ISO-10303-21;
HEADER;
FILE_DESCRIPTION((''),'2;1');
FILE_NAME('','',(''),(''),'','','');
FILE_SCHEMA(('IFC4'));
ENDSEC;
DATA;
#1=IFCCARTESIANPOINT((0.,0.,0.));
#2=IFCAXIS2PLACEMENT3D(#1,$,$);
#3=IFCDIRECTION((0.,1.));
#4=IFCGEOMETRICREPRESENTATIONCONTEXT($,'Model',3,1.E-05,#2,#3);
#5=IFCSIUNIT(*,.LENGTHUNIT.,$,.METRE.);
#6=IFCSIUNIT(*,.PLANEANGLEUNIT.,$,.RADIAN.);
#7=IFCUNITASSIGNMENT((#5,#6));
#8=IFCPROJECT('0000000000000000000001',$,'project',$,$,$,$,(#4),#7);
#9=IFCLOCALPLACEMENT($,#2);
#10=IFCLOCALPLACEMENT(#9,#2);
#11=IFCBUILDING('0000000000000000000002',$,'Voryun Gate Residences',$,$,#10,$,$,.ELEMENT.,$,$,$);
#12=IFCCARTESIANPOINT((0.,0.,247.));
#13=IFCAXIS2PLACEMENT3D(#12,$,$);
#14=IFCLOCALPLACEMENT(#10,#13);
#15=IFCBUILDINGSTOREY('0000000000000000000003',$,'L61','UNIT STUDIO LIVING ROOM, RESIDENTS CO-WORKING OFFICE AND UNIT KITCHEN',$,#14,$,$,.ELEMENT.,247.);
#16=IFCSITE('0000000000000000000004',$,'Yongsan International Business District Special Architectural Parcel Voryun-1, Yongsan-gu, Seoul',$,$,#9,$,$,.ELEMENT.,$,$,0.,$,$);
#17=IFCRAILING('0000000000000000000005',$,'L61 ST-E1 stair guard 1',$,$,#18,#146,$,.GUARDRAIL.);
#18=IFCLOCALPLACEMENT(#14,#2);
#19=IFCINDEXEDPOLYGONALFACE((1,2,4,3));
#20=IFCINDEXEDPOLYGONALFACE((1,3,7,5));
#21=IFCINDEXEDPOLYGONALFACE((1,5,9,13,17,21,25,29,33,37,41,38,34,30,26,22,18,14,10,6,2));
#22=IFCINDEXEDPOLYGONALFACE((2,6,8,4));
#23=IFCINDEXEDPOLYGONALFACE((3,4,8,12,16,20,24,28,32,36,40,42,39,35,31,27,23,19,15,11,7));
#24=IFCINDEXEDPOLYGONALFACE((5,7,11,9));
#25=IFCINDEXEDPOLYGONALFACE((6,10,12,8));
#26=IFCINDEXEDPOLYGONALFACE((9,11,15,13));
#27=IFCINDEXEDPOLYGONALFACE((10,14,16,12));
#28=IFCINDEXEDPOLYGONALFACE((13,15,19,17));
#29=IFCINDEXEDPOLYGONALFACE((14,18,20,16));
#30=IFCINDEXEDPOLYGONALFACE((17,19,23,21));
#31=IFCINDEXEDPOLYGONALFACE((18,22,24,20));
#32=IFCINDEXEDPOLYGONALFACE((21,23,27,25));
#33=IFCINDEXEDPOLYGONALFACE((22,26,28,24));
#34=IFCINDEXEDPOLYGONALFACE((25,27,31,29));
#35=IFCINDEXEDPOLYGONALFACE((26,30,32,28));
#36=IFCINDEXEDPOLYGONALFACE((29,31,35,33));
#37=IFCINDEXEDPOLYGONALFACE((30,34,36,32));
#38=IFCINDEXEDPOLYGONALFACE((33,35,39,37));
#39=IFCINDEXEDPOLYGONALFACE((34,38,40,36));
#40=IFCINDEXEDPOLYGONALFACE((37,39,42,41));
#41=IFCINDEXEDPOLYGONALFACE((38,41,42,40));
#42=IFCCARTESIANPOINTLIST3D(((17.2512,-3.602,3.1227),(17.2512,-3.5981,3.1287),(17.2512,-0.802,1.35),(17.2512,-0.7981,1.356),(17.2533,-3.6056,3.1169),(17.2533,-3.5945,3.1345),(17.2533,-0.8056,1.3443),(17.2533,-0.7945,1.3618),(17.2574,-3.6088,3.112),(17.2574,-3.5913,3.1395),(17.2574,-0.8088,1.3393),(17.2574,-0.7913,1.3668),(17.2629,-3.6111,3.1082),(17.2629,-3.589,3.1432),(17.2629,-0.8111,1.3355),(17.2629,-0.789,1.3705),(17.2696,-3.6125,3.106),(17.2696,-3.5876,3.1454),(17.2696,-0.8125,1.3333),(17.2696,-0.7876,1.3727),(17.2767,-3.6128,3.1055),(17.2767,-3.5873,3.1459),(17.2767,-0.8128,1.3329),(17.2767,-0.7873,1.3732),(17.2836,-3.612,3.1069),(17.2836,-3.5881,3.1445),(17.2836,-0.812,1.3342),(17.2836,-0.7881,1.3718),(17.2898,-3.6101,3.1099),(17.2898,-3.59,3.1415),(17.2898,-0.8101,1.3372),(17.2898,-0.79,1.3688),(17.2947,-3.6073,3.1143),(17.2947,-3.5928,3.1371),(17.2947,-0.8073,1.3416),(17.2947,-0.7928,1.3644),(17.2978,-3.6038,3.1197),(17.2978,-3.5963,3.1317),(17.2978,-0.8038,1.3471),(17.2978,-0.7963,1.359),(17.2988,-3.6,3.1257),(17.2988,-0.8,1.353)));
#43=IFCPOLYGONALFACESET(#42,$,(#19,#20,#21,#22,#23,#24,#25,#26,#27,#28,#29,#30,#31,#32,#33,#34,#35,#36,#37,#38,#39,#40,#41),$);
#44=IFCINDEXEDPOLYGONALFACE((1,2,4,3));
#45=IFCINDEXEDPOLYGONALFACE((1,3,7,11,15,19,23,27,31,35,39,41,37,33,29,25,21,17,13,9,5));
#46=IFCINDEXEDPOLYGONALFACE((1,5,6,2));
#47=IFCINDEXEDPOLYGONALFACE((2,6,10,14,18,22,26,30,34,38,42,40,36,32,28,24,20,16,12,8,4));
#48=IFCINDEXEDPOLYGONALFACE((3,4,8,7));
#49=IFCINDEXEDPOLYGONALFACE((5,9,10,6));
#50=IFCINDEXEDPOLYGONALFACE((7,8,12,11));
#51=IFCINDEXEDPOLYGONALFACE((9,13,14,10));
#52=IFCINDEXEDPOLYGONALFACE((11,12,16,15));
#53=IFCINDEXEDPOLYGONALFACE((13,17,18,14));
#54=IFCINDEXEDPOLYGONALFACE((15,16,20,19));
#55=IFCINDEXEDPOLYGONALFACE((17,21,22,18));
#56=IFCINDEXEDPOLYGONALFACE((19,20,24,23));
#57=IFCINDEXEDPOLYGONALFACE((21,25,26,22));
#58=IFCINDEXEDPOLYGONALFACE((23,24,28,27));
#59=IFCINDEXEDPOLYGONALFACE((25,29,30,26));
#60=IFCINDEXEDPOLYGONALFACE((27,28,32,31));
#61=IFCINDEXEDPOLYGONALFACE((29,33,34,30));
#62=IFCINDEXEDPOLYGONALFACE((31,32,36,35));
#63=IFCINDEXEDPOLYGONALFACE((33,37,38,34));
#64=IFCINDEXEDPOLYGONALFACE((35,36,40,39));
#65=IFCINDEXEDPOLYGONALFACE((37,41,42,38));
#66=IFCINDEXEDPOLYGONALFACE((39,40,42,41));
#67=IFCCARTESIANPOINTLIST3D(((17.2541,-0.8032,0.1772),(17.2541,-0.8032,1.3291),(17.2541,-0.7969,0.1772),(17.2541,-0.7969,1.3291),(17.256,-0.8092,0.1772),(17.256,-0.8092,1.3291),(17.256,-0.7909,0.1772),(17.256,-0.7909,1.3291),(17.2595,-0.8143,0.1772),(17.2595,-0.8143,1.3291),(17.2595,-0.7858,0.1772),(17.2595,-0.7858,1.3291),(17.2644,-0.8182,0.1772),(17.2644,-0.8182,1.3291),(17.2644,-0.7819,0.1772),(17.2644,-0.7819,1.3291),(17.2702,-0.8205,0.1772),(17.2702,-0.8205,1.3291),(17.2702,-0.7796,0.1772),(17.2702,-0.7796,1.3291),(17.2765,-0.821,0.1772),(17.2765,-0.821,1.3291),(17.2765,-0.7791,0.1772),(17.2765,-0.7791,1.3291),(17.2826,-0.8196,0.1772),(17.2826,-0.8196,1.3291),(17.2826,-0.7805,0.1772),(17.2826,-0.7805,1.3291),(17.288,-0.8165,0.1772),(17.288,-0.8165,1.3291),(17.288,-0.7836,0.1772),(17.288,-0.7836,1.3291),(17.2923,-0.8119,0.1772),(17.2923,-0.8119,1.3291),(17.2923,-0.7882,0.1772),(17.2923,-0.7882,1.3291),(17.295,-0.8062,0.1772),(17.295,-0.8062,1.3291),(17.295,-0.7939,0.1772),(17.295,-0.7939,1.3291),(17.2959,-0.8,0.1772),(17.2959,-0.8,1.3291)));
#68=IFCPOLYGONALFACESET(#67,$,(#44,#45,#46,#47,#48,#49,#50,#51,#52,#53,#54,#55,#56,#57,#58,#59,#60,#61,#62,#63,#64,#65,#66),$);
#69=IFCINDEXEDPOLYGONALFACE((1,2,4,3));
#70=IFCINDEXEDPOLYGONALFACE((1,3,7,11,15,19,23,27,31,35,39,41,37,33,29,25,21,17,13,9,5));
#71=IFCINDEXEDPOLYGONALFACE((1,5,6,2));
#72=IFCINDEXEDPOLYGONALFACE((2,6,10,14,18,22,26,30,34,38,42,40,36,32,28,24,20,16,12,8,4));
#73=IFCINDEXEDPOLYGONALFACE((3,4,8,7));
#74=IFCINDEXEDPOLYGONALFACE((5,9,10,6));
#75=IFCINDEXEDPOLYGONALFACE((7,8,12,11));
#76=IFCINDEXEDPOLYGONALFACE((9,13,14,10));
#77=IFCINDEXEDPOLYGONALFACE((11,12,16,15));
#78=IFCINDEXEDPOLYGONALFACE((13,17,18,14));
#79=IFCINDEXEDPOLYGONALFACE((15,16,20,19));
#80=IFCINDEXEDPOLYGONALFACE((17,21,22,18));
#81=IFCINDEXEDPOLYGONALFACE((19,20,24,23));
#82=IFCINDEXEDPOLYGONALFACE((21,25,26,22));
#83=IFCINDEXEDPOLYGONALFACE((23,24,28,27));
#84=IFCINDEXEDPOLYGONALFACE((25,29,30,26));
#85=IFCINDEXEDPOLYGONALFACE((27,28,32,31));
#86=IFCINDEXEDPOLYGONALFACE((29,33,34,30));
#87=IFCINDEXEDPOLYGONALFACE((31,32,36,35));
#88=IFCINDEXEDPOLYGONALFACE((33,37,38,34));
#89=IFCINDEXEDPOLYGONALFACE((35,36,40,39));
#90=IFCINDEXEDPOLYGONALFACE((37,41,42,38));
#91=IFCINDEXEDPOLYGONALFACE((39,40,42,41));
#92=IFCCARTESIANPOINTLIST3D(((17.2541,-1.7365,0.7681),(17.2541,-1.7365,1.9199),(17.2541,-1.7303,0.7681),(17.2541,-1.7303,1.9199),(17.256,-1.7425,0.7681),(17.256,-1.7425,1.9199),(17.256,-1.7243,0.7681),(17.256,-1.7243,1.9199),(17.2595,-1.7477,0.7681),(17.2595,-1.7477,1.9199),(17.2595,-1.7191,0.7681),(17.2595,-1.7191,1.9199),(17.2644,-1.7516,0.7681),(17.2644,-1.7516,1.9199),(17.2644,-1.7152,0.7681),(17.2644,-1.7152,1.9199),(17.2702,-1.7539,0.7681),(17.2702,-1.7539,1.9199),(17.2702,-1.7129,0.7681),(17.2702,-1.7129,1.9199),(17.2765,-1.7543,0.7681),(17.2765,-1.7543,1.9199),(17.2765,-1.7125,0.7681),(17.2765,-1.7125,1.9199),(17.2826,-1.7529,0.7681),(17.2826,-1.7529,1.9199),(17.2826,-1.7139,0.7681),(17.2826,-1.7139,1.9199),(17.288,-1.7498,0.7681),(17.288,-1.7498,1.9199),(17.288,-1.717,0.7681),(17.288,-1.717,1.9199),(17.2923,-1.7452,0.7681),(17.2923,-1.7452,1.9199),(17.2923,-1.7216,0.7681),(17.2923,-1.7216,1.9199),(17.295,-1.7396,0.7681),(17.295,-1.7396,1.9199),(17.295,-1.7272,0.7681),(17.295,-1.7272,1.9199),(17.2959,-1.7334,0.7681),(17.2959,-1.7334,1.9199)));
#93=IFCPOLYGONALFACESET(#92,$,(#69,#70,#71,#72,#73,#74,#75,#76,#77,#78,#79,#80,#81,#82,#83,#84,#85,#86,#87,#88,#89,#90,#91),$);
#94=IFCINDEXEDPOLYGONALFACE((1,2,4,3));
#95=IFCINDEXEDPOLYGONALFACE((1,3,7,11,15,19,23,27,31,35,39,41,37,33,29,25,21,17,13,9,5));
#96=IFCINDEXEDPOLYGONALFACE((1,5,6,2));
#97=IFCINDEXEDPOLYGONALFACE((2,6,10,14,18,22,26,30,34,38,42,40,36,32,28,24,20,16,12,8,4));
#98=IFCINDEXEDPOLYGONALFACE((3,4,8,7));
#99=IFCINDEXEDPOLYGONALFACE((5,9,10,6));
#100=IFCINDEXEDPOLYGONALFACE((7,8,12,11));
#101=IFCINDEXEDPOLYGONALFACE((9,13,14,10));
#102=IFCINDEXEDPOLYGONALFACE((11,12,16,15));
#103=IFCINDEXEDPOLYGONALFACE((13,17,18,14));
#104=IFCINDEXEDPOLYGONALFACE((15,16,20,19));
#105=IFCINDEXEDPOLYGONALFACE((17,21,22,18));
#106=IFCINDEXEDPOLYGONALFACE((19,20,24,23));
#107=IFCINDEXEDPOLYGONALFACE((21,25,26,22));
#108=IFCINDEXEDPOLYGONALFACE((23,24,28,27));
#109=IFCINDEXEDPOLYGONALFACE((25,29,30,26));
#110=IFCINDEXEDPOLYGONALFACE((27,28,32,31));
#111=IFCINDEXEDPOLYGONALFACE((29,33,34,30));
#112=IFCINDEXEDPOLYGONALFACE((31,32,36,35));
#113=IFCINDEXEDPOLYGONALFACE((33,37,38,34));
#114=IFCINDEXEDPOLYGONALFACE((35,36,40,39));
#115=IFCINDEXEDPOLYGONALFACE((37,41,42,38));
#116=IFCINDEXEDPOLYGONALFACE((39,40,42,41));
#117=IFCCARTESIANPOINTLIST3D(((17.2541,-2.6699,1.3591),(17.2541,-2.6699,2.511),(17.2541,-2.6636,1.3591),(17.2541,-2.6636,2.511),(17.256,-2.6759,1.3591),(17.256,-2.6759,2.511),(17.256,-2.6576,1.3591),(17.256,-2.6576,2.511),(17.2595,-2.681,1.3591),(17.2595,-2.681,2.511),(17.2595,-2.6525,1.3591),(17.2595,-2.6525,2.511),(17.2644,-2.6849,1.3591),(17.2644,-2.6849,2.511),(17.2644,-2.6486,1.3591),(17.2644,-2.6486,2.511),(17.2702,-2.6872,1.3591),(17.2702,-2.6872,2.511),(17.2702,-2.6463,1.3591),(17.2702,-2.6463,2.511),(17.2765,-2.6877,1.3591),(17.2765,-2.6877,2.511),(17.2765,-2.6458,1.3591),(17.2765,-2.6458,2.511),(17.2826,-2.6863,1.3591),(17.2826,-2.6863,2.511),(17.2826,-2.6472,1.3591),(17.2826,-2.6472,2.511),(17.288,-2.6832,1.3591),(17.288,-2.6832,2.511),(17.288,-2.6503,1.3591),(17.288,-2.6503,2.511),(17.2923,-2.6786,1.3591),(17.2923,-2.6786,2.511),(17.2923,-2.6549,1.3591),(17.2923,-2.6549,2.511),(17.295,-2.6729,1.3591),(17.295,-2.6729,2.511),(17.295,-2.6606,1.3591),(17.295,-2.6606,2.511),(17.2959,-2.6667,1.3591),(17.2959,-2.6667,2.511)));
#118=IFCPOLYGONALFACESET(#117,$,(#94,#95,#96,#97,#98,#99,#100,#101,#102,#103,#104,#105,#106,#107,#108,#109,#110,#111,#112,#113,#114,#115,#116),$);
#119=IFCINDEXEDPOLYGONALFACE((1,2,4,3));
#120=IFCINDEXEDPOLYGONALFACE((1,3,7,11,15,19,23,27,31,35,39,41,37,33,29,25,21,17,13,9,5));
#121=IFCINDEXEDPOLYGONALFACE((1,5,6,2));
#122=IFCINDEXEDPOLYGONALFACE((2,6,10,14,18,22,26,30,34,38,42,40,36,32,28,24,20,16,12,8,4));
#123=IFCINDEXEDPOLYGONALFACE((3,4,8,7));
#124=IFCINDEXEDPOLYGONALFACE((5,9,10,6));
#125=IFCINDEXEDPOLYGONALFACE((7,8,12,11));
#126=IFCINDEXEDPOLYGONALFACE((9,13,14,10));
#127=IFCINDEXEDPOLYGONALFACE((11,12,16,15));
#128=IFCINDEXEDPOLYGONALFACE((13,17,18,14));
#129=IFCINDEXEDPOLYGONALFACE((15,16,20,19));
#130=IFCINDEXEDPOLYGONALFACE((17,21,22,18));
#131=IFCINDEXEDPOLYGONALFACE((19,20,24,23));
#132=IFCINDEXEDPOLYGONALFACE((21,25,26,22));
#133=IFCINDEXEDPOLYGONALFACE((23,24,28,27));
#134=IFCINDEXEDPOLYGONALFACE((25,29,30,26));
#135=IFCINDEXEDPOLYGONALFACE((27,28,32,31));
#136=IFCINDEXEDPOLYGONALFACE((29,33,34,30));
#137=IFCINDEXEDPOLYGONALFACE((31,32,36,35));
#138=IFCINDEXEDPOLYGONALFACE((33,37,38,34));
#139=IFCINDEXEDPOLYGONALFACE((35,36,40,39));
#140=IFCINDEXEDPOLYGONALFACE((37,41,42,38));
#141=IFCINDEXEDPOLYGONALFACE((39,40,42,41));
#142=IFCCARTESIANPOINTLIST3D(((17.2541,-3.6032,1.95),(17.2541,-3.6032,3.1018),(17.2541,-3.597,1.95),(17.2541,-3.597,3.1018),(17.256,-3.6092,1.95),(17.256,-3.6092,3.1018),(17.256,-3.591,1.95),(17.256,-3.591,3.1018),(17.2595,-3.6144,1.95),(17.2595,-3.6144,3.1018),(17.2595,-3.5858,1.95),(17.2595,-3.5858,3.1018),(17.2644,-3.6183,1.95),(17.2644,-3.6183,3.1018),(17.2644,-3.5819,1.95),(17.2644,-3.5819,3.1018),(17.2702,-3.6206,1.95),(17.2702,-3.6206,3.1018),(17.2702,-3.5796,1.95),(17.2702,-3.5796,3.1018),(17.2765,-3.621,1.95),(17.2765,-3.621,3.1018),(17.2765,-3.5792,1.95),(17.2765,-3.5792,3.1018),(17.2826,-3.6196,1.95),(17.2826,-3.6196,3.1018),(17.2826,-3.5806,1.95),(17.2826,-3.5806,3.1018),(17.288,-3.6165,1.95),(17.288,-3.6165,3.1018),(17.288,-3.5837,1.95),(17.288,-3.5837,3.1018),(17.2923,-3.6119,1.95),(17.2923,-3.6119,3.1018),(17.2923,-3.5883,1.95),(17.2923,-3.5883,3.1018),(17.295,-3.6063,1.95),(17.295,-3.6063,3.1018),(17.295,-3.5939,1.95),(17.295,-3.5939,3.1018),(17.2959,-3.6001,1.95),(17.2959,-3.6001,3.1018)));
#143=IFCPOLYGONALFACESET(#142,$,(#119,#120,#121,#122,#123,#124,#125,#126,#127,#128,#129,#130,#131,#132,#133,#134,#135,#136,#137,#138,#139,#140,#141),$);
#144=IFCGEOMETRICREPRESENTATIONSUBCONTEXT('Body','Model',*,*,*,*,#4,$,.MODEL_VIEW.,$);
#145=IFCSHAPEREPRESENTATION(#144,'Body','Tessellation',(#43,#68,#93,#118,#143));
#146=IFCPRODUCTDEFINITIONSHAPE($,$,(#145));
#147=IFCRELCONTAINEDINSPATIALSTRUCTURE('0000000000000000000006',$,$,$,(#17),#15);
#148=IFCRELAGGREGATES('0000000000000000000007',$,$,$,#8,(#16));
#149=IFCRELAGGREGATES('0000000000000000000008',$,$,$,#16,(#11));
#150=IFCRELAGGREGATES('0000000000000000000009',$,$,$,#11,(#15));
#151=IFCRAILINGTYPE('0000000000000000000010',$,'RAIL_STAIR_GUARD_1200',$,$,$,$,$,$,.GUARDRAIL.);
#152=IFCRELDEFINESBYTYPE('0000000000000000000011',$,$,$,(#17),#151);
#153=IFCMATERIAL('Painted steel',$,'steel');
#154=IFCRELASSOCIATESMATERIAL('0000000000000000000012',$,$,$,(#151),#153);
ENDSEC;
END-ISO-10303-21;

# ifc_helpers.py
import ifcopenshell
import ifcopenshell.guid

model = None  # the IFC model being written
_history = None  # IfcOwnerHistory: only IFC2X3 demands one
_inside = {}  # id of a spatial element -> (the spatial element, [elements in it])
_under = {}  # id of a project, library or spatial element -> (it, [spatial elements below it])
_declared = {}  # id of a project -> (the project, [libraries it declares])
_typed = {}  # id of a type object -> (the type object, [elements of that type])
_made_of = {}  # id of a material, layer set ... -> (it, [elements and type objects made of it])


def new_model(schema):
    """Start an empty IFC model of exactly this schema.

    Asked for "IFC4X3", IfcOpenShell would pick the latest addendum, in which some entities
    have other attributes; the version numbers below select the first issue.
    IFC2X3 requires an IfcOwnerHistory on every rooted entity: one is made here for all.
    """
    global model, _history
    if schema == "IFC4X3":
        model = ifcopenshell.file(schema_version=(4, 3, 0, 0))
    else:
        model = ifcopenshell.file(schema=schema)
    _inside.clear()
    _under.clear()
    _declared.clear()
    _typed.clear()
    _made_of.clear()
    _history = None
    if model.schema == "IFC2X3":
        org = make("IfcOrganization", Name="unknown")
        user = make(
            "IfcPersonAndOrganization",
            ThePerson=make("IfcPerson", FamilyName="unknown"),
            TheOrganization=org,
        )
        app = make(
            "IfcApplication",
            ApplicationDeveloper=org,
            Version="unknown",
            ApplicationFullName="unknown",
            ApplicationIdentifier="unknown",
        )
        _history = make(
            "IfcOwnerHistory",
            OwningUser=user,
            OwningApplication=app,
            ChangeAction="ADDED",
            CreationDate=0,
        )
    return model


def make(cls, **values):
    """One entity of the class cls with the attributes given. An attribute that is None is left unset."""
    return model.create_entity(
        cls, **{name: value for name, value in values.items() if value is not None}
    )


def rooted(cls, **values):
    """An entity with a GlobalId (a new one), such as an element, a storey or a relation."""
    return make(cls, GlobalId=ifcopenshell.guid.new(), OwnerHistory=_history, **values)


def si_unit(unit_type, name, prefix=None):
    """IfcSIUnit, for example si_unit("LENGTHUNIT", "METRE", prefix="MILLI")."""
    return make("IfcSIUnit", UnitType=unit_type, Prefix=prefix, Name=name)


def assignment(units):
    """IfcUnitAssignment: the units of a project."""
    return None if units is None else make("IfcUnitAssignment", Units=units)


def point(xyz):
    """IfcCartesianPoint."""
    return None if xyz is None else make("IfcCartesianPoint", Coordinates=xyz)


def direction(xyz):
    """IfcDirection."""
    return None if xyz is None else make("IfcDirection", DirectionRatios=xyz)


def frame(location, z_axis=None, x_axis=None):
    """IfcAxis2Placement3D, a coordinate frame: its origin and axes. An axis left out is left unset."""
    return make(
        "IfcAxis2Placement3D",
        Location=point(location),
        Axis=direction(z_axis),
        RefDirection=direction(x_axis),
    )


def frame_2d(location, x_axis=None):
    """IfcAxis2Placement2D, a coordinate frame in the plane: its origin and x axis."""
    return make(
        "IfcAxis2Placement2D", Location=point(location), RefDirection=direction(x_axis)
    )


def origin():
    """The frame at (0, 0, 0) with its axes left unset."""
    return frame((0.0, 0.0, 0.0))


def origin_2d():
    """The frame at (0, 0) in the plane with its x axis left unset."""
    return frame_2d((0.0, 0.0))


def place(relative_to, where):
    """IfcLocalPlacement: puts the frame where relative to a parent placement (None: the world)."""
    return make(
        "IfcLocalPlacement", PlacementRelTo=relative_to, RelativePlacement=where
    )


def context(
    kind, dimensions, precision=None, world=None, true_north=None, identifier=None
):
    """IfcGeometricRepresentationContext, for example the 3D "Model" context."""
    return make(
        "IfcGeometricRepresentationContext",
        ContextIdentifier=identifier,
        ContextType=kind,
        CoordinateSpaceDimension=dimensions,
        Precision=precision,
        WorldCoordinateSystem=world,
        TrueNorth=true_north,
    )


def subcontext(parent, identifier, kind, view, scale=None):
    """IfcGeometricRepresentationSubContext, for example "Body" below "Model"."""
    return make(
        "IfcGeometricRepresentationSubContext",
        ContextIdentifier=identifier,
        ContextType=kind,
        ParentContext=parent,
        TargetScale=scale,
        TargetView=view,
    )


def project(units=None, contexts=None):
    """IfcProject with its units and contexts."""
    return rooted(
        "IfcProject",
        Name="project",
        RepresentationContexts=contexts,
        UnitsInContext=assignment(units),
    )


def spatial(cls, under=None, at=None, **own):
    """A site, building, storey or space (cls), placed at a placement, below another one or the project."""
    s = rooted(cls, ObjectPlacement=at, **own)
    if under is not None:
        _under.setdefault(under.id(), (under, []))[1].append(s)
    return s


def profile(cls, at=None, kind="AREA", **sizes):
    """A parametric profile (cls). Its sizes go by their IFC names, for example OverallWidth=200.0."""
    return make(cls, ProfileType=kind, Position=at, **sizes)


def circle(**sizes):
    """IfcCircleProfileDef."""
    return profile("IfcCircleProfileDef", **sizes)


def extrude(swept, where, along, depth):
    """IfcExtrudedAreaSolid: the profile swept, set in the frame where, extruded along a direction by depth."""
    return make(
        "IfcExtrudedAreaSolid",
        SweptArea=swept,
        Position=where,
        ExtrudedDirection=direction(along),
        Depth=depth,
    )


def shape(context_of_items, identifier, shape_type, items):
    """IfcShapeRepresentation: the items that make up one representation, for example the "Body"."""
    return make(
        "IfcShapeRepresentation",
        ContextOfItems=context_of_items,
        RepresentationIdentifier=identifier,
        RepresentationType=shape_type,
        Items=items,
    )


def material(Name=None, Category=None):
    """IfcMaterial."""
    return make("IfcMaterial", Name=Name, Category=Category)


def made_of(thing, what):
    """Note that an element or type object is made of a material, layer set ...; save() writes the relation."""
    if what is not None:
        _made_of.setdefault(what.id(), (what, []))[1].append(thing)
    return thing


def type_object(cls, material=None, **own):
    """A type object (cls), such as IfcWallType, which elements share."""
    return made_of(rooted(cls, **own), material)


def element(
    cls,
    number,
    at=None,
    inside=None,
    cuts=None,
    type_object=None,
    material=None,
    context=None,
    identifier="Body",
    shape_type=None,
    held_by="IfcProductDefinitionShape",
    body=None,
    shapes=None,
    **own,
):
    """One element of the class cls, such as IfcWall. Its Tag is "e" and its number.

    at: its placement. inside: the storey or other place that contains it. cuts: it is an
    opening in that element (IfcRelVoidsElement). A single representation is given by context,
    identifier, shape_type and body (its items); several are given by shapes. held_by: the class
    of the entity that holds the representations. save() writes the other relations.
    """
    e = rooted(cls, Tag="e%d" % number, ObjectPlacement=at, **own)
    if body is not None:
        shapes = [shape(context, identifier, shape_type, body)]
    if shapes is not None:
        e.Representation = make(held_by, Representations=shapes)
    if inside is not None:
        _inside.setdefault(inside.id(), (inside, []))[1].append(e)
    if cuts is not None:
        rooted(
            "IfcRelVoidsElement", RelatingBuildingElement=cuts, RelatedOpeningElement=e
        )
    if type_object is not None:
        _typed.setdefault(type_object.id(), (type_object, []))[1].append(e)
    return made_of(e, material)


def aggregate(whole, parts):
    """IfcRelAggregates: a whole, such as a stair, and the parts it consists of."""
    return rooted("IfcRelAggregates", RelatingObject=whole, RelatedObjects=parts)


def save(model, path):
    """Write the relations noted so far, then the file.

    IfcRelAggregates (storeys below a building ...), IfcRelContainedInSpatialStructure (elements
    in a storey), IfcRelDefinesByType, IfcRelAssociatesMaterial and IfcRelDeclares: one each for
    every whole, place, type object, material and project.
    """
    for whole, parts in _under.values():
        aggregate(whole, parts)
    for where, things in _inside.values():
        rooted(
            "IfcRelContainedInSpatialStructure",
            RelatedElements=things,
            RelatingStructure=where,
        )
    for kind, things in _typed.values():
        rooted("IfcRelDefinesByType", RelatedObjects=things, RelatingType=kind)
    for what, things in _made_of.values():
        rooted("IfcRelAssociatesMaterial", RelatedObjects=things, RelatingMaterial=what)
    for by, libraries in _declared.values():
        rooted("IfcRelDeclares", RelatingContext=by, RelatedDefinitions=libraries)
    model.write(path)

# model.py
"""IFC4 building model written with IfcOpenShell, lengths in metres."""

from ifc_helpers import new_model, si_unit, direction, frame, origin, origin_2d, place, context, subcontext, project, spatial, circle, extrude, material, type_object, element, save


model = new_model("IFC4")

# Units and contexts
model_context = context("Model", 3, precision=1e-05, world=origin(), true_north=direction((0.0, 1.0)))
body_context = subcontext(model_context, "Body", "Model", "MODEL_VIEW")
ifc_project = project(units=[si_unit("LENGTHUNIT", "METRE"), si_unit("PLANEANGLEUNIT", "RADIAN")], contexts=[model_context])

# Site, building, storey
site_placement = place(None, origin())
site = spatial("IfcSite", under=ifc_project, at=site_placement, Name="Yongsan International Business District Special Architectural Parcel Voryun-1, Yongsan-gu, Seoul", CompositionType="ELEMENT", RefElevation=0.0)
building_placement = place(site_placement, origin())
building = spatial("IfcBuilding", under=site, at=building_placement, Name="Voryun Gate Residences", CompositionType="ELEMENT")
storey_placement = place(building_placement, frame((0.0, 0.0, 247.0)))
storey = spatial("IfcBuildingStorey", under=building, at=storey_placement, Name="L61", Description="UNIT STUDIO LIVING ROOM, RESIDENTS CO-WORKING OFFICE AND UNIT KITCHEN", CompositionType="ELEMENT", Elevation=247.0)

# Railing
ifc_material_1 = material(Name="Painted steel", Category="steel")
railing_type_1 = type_object("IfcRailingType", Name="RAIL_STAIR_GUARD_1200", PredefinedType="GUARDRAIL", material=ifc_material_1)
railing_1_placement = place(storey_placement, frame((17.2749, -0.8, 0.1772)))
element("IfcRailing", 1, at=railing_1_placement, inside=storey, type_object=railing_type_1, Name="L61 ST-E1 stair guard 1", PredefinedType="GUARDRAIL", context=body_context, shape_type="SweptSolid", body=[
    extrude(circle(Radius=0.0239, at=origin_2d()), frame((0.0, 0.0, 1.1758), z_axis=(0.0, -0.844909, 0.53491), x_axis=(1.0, 0.0, 0.0)), (0.0, 0.0, 1.0), 3.314),
    extrude(circle(Radius=0.021, at=origin_2d()), origin(), (0.0, 0.0, 1.0), 1.1519),
    extrude(circle(Radius=0.021, at=origin_2d()), frame((0.0, -0.9333, 0.5908)), (0.0, 0.0, 1.0), 1.1519),
    extrude(circle(Radius=0.021, at=origin_2d()), frame((0.0, -1.8667, 1.1819)), (0.0, 0.0, 1.0), 1.1519),
    extrude(circle(Radius=0.021, at=origin_2d()), frame((0.0, -2.8, 1.7727)), (0.0, 0.0, 1.0), 1.1519),
])

save(model, "model.ifc")
